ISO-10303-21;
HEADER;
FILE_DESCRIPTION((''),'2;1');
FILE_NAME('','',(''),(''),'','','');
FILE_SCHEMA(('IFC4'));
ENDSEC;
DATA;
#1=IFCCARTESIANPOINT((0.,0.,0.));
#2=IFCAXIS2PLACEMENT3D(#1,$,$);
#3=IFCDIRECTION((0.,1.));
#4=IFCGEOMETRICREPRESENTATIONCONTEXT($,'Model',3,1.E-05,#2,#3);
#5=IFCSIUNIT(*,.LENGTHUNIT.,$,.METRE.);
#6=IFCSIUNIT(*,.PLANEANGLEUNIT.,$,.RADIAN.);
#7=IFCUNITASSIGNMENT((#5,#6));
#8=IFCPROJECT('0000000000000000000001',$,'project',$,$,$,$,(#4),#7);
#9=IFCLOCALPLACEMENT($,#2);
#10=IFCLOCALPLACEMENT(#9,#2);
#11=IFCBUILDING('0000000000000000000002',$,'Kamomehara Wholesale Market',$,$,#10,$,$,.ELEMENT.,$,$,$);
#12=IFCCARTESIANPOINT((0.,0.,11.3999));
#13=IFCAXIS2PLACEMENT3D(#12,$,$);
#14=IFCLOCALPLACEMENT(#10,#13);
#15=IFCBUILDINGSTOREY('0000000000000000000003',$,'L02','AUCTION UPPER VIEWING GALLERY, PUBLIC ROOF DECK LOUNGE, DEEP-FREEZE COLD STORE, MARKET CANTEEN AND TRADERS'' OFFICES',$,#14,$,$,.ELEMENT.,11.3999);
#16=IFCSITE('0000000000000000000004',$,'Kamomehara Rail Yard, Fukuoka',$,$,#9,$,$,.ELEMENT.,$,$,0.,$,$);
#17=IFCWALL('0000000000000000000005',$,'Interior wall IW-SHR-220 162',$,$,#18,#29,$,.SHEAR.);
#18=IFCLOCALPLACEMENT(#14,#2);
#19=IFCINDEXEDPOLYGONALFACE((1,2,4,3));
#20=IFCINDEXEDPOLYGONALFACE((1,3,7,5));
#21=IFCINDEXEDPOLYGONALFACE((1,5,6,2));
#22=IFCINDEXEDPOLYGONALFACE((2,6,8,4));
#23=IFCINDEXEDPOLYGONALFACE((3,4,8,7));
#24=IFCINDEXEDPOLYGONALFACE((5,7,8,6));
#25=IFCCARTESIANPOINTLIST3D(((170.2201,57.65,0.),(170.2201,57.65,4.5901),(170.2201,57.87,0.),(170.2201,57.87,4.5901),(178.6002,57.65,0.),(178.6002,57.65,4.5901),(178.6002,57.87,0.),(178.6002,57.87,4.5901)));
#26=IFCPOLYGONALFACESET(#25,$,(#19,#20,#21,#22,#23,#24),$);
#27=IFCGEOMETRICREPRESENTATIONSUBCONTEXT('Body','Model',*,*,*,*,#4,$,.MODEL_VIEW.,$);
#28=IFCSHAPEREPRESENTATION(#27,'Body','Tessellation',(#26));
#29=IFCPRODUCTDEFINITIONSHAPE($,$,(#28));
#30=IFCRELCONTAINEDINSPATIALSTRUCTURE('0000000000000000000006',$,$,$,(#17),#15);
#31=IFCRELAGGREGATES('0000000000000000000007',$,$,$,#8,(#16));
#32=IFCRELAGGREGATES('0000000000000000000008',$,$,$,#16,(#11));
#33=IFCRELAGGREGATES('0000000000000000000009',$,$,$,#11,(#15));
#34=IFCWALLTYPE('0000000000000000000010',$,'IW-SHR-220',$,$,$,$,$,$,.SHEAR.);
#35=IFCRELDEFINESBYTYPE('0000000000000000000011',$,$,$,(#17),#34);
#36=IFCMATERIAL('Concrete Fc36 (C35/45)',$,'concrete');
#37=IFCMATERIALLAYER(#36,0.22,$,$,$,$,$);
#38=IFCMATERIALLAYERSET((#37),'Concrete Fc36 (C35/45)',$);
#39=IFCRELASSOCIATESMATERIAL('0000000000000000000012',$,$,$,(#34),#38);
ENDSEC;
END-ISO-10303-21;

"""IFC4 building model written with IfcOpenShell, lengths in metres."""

from ifc_helpers import new_model, si_unit, direction, frame, frame_2d, origin, place, context, subcontext, project, spatial, rectangle, extrude, material, layer, layer_set, type_object, element, save


model = new_model("IFC4")

# Units and contexts
model_context = context("Model", 3, precision=1e-05, world=origin(), true_north=direction((0.0, 1.0)))
body_context = subcontext(model_context, "Body", "Model", "MODEL_VIEW")
ifc_project = project(units=[si_unit("LENGTHUNIT", "METRE"), si_unit("PLANEANGLEUNIT", "RADIAN")], contexts=[model_context])

# Site, building, storey
site_placement = place(None, origin())
site = spatial("IfcSite", under=ifc_project, at=site_placement, Name="Kamomehara Rail Yard, Fukuoka", CompositionType="ELEMENT", RefElevation=0.0)
building_placement = place(site_placement, origin())
building = spatial("IfcBuilding", under=site, at=building_placement, Name="Kamomehara Wholesale Market", CompositionType="ELEMENT")
storey_placement = place(building_placement, frame((0.0, 0.0, 11.3999)))
storey = spatial("IfcBuildingStorey", under=building, at=storey_placement, Name="L02", Description="AUCTION UPPER VIEWING GALLERY, PUBLIC ROOF DECK LOUNGE, DEEP-FREEZE COLD STORE, MARKET CANTEEN AND TRADERS' OFFICES", CompositionType="ELEMENT", Elevation=11.3999)

# Wall
ifc_material_1 = material(Name="Concrete Fc36 (C35/45)", Category="concrete")
ifc_layer_1 = layer(ifc_material_1, 0.22)
ifc_layer_set_1 = layer_set([ifc_layer_1], Name="Concrete Fc36 (C35/45)")
wall_type = type_object("IfcWallType", Name="IW-SHR-220", PredefinedType="SHEAR", material=ifc_layer_set_1)
wall_placement = place(storey_placement, frame((178.6001, 57.76, 0.0), z_axis=(0.0, 0.0, 1.0), x_axis=(-1.0, 0.0, 0.0)))
element("IfcWall", 1, at=wall_placement, inside=storey, type_object=wall_type, Name="Interior wall IW-SHR-220 162", PredefinedType="SHEAR", context=body_context, shape_type="SweptSolid", body=[
    extrude(rectangle(XDim=8.3801, YDim=0.22, at=frame_2d((4.1899, 0.0))), origin(), (0.0, 0.0, 1.0), 4.5901),
])

save(model, "model.ifc")
